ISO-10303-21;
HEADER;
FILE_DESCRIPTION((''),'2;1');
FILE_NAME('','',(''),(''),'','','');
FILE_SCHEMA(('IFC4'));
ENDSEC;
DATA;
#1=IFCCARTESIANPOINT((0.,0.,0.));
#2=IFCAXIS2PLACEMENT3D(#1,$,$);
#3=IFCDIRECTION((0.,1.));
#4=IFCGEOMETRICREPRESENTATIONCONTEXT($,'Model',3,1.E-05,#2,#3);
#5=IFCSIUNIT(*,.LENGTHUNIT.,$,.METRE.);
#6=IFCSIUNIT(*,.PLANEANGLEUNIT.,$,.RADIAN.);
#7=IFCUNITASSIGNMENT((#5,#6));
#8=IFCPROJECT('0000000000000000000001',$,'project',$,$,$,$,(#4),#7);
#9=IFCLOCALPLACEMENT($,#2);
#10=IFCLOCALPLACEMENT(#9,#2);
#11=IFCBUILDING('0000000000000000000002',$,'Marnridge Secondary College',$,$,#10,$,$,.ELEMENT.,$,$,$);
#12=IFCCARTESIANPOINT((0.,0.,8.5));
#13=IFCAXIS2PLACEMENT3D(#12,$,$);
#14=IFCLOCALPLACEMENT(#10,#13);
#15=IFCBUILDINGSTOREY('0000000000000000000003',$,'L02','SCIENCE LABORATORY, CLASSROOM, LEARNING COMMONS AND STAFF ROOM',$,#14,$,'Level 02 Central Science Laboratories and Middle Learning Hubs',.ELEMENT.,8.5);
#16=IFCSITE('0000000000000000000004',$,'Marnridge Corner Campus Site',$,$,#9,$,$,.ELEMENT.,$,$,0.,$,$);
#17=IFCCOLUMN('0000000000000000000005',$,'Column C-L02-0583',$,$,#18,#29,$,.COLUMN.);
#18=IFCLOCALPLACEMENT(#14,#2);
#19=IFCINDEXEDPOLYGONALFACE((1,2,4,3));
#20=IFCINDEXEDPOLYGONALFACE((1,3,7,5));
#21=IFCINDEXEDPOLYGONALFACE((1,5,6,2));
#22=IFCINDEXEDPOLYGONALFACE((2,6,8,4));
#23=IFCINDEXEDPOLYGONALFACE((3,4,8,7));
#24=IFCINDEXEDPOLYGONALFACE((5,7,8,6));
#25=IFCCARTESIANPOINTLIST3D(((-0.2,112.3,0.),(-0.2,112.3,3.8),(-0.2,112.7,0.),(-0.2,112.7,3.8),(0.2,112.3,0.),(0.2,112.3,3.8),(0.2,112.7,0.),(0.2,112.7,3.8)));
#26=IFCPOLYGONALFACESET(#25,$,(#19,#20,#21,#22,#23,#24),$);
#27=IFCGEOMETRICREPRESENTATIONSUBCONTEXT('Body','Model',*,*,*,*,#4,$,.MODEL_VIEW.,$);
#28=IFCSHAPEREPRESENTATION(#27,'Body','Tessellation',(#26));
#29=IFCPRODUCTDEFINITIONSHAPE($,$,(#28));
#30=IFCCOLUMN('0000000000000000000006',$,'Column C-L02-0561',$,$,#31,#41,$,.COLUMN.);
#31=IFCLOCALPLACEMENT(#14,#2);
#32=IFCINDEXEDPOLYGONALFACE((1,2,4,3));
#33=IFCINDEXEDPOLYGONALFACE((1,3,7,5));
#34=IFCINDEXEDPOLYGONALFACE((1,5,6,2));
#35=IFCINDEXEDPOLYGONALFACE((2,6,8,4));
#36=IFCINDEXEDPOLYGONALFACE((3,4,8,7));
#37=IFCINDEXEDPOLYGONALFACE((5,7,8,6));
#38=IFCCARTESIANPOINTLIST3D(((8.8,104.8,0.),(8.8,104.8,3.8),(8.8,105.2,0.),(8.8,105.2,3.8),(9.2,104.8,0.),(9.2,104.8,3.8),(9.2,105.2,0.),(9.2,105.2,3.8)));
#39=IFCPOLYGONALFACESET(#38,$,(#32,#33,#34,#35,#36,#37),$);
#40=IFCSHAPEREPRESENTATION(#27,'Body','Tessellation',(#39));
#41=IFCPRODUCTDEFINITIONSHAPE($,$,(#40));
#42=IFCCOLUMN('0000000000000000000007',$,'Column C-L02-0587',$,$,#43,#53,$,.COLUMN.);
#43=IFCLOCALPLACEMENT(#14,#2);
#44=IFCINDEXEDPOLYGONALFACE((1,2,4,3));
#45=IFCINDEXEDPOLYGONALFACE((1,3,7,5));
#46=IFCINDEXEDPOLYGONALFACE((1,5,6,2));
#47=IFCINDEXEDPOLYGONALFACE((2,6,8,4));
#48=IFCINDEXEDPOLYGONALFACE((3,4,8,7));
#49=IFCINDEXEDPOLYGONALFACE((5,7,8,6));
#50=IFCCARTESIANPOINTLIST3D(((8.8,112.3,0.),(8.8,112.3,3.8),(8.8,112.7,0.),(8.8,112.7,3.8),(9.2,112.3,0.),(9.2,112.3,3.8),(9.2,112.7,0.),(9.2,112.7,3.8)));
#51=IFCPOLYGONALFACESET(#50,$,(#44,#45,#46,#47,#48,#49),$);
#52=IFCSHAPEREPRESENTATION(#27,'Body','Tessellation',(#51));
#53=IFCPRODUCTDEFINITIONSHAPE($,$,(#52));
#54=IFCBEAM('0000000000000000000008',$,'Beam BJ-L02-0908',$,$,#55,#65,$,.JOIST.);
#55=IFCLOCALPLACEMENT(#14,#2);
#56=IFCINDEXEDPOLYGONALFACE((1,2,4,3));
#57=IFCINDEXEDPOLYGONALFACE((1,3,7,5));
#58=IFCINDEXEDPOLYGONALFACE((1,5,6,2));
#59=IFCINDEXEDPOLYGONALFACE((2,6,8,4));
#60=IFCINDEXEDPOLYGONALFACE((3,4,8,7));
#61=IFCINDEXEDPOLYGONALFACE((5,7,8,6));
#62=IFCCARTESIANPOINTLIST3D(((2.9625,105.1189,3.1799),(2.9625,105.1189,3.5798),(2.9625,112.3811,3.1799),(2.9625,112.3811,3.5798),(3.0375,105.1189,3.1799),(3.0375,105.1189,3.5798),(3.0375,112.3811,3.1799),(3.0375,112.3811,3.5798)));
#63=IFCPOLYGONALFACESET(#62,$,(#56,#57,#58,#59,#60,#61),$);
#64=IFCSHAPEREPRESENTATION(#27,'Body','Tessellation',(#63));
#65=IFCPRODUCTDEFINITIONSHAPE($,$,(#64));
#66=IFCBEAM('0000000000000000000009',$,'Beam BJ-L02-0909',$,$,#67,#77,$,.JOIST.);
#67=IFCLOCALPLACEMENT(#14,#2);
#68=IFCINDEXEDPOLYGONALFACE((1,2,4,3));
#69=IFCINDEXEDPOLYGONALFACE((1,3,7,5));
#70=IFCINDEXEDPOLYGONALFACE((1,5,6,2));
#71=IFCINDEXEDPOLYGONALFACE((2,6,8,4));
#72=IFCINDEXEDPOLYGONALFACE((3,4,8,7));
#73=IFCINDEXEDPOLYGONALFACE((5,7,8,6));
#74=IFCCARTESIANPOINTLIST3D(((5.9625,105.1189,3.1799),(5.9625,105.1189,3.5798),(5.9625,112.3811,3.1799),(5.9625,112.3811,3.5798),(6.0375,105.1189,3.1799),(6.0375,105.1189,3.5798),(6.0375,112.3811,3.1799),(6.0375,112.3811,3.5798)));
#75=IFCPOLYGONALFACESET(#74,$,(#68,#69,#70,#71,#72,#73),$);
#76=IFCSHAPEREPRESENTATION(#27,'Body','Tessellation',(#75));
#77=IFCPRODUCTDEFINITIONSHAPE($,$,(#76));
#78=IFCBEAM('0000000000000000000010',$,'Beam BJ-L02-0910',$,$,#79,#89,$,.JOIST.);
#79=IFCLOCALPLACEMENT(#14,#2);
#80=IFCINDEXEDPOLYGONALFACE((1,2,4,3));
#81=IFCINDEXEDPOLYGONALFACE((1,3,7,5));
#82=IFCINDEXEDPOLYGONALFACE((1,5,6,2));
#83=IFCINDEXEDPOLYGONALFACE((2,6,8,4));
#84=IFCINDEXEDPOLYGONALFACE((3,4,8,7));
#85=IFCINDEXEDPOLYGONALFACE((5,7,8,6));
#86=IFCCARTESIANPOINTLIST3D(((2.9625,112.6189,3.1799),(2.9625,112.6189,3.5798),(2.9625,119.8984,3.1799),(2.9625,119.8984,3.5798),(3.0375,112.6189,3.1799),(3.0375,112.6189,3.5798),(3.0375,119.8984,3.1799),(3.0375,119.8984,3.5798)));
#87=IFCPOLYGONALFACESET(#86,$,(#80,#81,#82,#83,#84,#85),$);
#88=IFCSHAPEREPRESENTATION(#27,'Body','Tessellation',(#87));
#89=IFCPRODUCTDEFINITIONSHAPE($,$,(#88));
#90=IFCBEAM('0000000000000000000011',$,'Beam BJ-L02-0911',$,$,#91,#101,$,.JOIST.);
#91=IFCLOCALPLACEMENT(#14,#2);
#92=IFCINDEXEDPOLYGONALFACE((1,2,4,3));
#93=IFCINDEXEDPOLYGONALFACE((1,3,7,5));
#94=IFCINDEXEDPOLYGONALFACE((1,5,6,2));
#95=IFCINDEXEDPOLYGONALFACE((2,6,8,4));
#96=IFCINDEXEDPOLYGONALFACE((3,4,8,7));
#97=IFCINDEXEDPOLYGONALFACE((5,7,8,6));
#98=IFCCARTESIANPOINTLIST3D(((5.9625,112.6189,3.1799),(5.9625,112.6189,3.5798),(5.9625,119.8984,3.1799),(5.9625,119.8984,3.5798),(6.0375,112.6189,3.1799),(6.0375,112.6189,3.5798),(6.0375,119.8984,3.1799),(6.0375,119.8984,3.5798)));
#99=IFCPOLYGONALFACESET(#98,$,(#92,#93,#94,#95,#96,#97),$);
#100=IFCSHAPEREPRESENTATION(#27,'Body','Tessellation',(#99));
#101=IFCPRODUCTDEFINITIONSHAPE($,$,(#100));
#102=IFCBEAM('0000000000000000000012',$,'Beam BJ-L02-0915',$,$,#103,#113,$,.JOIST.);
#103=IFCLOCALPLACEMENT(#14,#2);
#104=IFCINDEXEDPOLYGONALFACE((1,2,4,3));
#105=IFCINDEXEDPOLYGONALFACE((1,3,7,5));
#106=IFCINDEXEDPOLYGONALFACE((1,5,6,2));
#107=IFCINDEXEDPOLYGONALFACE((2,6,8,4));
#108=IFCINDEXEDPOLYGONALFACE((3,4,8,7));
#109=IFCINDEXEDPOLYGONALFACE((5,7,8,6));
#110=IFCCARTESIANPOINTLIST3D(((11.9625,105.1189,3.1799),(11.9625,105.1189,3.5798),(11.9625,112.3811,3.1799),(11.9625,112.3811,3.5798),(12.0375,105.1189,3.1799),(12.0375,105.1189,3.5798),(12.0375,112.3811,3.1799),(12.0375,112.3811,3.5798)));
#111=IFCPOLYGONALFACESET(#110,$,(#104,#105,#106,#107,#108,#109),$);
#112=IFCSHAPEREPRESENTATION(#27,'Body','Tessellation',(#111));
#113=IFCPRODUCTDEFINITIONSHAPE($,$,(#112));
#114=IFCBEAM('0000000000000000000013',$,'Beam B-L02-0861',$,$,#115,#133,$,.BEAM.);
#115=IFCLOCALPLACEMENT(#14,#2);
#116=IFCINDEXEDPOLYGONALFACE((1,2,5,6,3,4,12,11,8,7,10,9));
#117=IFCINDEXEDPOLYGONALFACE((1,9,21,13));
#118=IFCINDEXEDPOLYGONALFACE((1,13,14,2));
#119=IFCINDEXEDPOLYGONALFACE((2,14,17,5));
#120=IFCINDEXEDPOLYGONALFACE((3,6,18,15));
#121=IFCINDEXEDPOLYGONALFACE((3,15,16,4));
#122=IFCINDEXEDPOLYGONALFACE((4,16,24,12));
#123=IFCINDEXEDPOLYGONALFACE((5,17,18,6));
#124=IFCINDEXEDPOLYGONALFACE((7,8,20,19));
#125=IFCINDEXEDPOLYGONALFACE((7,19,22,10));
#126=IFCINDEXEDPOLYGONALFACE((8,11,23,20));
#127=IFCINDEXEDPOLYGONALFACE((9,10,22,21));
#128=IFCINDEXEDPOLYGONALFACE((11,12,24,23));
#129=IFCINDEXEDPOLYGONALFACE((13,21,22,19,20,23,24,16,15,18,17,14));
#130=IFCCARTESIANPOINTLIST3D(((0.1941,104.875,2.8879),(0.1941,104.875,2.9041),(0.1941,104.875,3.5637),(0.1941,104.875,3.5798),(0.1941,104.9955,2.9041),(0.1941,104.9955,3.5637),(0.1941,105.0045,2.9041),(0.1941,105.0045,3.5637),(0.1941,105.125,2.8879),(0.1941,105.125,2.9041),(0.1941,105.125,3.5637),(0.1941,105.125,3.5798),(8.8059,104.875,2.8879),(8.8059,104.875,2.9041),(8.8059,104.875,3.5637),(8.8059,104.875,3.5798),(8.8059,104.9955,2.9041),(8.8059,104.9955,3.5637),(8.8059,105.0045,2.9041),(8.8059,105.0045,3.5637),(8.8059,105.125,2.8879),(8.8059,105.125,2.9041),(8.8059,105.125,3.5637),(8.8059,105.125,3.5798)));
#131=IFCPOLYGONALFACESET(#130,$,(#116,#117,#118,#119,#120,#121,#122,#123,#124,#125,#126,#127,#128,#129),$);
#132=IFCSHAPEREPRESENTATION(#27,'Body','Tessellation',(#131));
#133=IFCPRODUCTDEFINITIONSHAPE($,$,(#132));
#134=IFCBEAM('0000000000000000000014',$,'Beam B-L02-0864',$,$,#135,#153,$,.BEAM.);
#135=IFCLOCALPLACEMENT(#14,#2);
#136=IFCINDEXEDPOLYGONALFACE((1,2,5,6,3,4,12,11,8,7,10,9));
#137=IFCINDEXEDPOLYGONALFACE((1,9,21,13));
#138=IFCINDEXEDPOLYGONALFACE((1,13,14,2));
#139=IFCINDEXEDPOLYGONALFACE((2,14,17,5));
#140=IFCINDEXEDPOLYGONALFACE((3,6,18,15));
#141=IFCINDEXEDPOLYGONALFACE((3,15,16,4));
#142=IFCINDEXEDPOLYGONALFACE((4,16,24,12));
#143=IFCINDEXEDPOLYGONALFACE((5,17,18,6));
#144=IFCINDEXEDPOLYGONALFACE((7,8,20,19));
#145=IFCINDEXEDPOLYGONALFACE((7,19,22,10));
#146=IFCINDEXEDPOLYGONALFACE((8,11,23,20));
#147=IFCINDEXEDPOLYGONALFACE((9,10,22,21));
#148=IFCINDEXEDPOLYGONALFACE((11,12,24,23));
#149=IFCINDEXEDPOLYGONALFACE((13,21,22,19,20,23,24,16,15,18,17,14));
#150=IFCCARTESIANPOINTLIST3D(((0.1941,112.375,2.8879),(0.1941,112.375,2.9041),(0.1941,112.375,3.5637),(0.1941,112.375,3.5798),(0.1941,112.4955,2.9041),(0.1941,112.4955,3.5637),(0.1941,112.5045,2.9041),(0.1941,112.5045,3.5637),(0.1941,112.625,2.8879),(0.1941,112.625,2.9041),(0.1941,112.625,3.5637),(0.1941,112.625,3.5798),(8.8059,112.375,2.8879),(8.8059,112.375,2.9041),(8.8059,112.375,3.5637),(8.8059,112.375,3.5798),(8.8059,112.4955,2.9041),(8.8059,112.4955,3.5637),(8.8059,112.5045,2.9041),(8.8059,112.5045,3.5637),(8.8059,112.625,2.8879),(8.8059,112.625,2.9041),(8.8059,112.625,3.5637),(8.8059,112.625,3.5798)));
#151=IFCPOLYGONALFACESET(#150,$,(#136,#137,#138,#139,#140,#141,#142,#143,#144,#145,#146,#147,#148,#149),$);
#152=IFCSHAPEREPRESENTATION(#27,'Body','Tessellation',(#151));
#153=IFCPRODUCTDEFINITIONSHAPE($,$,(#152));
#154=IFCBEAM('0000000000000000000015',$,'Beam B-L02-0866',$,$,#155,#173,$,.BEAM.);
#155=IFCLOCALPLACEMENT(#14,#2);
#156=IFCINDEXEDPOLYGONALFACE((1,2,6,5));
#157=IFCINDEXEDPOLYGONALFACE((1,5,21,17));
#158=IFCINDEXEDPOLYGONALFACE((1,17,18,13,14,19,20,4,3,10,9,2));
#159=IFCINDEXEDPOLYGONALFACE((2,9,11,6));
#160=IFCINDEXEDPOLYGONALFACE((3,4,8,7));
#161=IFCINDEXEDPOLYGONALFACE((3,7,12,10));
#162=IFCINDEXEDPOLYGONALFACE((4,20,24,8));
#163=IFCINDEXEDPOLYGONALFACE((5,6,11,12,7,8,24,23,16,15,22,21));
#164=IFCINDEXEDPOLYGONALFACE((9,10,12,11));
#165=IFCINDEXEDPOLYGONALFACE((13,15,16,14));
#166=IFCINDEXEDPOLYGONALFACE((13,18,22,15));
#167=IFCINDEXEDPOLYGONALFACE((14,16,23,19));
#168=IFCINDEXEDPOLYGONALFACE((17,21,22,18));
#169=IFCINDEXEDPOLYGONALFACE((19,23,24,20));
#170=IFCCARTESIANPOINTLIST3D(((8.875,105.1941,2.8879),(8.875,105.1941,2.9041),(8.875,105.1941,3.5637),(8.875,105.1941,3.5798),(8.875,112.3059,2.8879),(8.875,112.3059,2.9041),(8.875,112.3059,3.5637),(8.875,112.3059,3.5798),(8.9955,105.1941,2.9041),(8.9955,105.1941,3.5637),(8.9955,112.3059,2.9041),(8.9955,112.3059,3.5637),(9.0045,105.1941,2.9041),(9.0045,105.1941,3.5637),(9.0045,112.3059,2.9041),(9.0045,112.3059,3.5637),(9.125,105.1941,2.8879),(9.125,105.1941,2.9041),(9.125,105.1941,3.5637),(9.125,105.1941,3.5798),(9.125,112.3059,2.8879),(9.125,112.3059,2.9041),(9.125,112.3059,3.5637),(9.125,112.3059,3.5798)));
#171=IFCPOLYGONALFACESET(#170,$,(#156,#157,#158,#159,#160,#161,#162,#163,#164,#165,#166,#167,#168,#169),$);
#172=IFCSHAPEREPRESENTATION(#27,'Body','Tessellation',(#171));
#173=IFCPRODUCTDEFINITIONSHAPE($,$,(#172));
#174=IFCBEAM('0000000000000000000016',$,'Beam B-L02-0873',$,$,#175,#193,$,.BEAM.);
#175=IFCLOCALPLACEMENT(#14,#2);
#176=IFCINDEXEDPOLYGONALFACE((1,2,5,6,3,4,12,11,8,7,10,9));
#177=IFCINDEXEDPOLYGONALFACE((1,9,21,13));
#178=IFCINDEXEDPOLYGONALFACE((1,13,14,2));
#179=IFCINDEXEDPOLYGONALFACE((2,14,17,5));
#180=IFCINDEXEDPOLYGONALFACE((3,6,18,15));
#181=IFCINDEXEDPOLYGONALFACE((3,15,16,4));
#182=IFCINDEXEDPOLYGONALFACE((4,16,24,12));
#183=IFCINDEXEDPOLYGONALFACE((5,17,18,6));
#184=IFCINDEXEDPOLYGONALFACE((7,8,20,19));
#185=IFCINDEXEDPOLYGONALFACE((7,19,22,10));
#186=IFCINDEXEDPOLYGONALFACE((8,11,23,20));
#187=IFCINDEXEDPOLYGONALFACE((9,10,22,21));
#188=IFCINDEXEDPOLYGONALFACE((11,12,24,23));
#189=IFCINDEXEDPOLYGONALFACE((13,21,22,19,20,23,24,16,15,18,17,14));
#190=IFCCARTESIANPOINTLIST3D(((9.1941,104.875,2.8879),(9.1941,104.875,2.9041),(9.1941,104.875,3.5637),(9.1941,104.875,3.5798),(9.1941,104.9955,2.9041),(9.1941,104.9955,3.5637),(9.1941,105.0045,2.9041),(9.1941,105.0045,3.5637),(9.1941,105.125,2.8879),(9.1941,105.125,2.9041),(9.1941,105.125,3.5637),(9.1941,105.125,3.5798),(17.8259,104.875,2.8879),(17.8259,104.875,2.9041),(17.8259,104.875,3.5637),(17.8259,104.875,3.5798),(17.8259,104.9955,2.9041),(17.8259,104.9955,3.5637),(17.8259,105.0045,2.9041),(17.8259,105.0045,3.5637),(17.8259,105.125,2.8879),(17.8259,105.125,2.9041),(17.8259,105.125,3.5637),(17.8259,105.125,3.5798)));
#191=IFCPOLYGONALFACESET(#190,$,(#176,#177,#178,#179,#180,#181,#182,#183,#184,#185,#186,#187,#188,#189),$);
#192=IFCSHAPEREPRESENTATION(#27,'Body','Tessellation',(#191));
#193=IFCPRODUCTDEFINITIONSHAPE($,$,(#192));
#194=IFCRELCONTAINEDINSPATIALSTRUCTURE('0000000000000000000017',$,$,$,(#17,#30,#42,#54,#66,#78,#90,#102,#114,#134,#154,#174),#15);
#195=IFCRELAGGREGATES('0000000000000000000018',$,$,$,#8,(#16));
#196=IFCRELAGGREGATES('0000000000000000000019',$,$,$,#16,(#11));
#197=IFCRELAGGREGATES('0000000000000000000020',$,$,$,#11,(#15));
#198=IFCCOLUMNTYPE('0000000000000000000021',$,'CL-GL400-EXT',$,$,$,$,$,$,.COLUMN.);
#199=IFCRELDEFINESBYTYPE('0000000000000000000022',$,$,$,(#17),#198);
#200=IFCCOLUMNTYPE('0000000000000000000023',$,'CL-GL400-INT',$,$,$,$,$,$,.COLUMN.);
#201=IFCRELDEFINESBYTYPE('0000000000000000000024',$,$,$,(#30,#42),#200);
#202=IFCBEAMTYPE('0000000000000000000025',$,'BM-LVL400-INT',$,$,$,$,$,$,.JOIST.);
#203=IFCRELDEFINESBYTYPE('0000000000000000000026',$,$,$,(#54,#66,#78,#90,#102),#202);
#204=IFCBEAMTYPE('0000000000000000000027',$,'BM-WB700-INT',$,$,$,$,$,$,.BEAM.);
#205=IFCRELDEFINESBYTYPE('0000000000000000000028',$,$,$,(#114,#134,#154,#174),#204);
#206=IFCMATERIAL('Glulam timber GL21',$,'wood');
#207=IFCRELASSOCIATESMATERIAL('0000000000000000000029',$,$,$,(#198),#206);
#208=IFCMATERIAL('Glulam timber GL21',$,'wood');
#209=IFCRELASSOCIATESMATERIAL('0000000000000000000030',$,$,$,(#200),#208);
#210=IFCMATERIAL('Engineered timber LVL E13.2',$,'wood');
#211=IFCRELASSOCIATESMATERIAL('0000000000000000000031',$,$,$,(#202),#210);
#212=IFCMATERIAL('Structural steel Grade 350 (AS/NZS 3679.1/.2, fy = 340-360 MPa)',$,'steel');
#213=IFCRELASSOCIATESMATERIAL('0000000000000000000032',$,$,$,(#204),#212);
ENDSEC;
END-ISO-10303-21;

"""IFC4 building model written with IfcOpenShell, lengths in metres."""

from ifc_helpers import new_model, si_unit, direction, frame, origin, origin_2d, place, context, subcontext, project, spatial, rectangle, i_section, extrude, material, material_profile, profile_set, type_object, element, save


model = new_model("IFC4")

# Units and contexts
model_context = context("Model", 3, precision=1e-05, world=origin(), true_north=direction((0.0, 1.0)))
body_context = subcontext(model_context, "Body", "Model", "MODEL_VIEW")
ifc_project = project(units=[si_unit("LENGTHUNIT", "METRE"), si_unit("PLANEANGLEUNIT", "RADIAN")], contexts=[model_context])

# Site, building, storey
site_placement = place(None, origin())
site = spatial("IfcSite", under=ifc_project, at=site_placement, Name="Marnridge Corner Campus Site", CompositionType="ELEMENT", RefElevation=0.0)
building_placement = place(site_placement, origin())
building = spatial("IfcBuilding", under=site, at=building_placement, Name="Marnridge Secondary College", CompositionType="ELEMENT")
storey_placement = place(building_placement, frame((0.0, 0.0, 8.5)))
storey = spatial("IfcBuildingStorey", under=building, at=storey_placement, Name="L02", Description="SCIENCE LABORATORY, CLASSROOM, LEARNING COMMONS AND STAFF ROOM", LongName="Level 02 Central Science Laboratories and Middle Learning Hubs", CompositionType="ELEMENT", Elevation=8.5)

# Columns
ifc_material_1 = material(Name="Glulam timber GL21", Category="wood")
ifc_material_profile_1 = material_profile(ifc_material_1, rectangle(XDim=0.3999, YDim=0.3999, at=origin_2d()), Name="GL21 400x400")
ifc_profile_set_1 = profile_set([ifc_material_profile_1], Name="Glulam timber GL21")
column_type_1 = type_object("IfcColumnType", Name="CL-GL400-EXT", PredefinedType="COLUMN", material=ifc_profile_set_1)
column_placement = place(storey_placement, frame((0.0, 112.5, 0.0), z_axis=(0.0, 0.0, 1.0), x_axis=(1.0, 0.0, 0.0)))
element("IfcColumn", 1, at=column_placement, inside=storey, type_object=column_type_1, Name="Column C-L02-0583", PredefinedType="COLUMN", context=body_context, shape_type="SweptSolid", body=[
    extrude(rectangle(XDim=0.3999, YDim=0.3999, at=origin_2d()), origin(), (0.0, 0.0, 1.0), 3.8),
])
ifc_material_2 = material(Name="Glulam timber GL21", Category="wood")
ifc_material_profile_2 = material_profile(ifc_material_2, rectangle(XDim=0.3999, YDim=0.3999, at=origin_2d()), Name="GL21 400x400")
ifc_profile_set_2 = profile_set([ifc_material_profile_2], Name="Glulam timber GL21")
column_type_2 = type_object("IfcColumnType", Name="CL-GL400-INT", PredefinedType="COLUMN", material=ifc_profile_set_2)
for number, where, z_axis, x_axis, name in (
    (2, (9.0, 105.0, 0.0), (0.0, 0.0, 1.0), (1.0, 0.0, 0.0), "Column C-L02-0561"),
    (3, (9.0, 112.5, 0.0), (0.0, 0.0, 1.0), (1.0, 0.0, 0.0), "Column C-L02-0587"),
):
    element("IfcColumn", number, at=place(storey_placement, frame(where, z_axis=z_axis, x_axis=x_axis)), inside=storey, type_object=column_type_2, Name=name, PredefinedType="COLUMN", context=body_context, shape_type="SweptSolid", body=[
        extrude(rectangle(XDim=0.3999, YDim=0.3999, at=origin_2d()), origin(), (0.0, 0.0, 1.0), 3.8),
    ])

# Beams
ifc_material_3 = material(Name="Engineered timber LVL E13.2", Category="wood")
ifc_material_profile_3 = material_profile(ifc_material_3, rectangle(XDim=0.075, YDim=0.3999, at=origin_2d()), Name="LVL 75x400")
ifc_profile_set_3 = profile_set([ifc_material_profile_3], Name="Engineered timber LVL E13.2")
beam_type_1 = type_object("IfcBeamType", Name="BM-LVL400-INT", PredefinedType="JOIST", material=ifc_profile_set_3)
for number, where, z_axis, x_axis, name in (
    (4, (3.0, 105.1189, 3.3799), (0.0, 1.0, 0.0), (-1.0, 0.0, 0.0), "Beam BJ-L02-0908"),
    (5, (6.0, 105.1189, 3.3799), (0.0, 1.0, 0.0), (-1.0, 0.0, 0.0), "Beam BJ-L02-0909"),
):
    element("IfcBeam", number, at=place(storey_placement, frame(where, z_axis=z_axis, x_axis=x_axis)), inside=storey, type_object=beam_type_1, Name=name, PredefinedType="JOIST", context=body_context, shape_type="SweptSolid", body=[
        extrude(rectangle(XDim=0.075, YDim=0.3999, at=origin_2d()), origin(), (0.0, 0.0, 1.0), 7.2622),
    ])
for number, where, z_axis, x_axis, name in (
    (6, (3.0, 112.6189, 3.3799), (0.0, 1.0, 0.0), (-1.0, 0.0, 0.0), "Beam BJ-L02-0910"),
    (7, (6.0, 112.6189, 3.3799), (0.0, 1.0, 0.0), (-1.0, 0.0, 0.0), "Beam BJ-L02-0911"),
):
    element("IfcBeam", number, at=place(storey_placement, frame(where, z_axis=z_axis, x_axis=x_axis)), inside=storey, type_object=beam_type_1, Name=name, PredefinedType="JOIST", context=body_context, shape_type="SweptSolid", body=[
        extrude(rectangle(XDim=0.075, YDim=0.3999, at=origin_2d()), origin(), (0.0, 0.0, 1.0), 7.2795),
    ])
beam_1_placement = place(storey_placement, frame((12.0, 105.1189, 3.3799), z_axis=(0.0, 1.0, 0.0), x_axis=(-1.0, 0.0, 0.0)))
element("IfcBeam", 8, at=beam_1_placement, inside=storey, type_object=beam_type_1, Name="Beam BJ-L02-0915", PredefinedType="JOIST", context=body_context, shape_type="SweptSolid", body=[
    extrude(rectangle(XDim=0.075, YDim=0.3999, at=origin_2d()), origin(), (0.0, 0.0, 1.0), 7.2622),
])
ifc_material_4 = material(Name="Structural steel Grade 350 (AS/NZS 3679.1/.2, fy = 340-360 MPa)", Category="steel")
ifc_material_profile_4 = material_profile(ifc_material_4, i_section(OverallWidth=0.25, OverallDepth=0.6919, WebThickness=0.009, FlangeThickness=0.0161, at=origin_2d()), Name="700WB115")
ifc_profile_set_4 = profile_set([ifc_material_profile_4], Name="Structural steel Grade 350 (AS/NZS 3679.1/.2, fy = 340-360 MPa)")
beam_type_2 = type_object("IfcBeamType", Name="BM-WB700-INT", PredefinedType="BEAM", material=ifc_profile_set_4)
for number, where, z_axis, x_axis, name in (
    (9, (0.1941, 105.0, 3.2339), (1.0, 0.0, 0.0), (0.0, 1.0, 0.0), "Beam B-L02-0861"),
    (10, (0.1941, 112.5, 3.2339), (1.0, 0.0, 0.0), (0.0, 1.0, 0.0), "Beam B-L02-0864"),
):
    element("IfcBeam", number, at=place(storey_placement, frame(where, z_axis=z_axis, x_axis=x_axis)), inside=storey, type_object=beam_type_2, Name=name, PredefinedType="BEAM", context=body_context, shape_type="SweptSolid", body=[
        extrude(i_section(OverallWidth=0.25, OverallDepth=0.6919, WebThickness=0.009, FlangeThickness=0.0161, at=origin_2d()), origin(), (0.0, 0.0, 1.0), 8.6118),
    ])
beam_2_placement = place(storey_placement, frame((9.0, 105.1941, 3.2339), z_axis=(0.0, 1.0, 0.0), x_axis=(-1.0, 0.0, 0.0)))
element("IfcBeam", 11, at=beam_2_placement, inside=storey, type_object=beam_type_2, Name="Beam B-L02-0866", PredefinedType="BEAM", context=body_context, shape_type="SweptSolid", body=[
    extrude(i_section(OverallWidth=0.25, OverallDepth=0.6919, WebThickness=0.009, FlangeThickness=0.0161, at=origin_2d()), origin(), (0.0, 0.0, 1.0), 7.1118),
])
beam_3_placement = place(storey_placement, frame((9.1941, 105.0, 3.2339), z_axis=(1.0, 0.0, 0.0), x_axis=(0.0, 1.0, 0.0)))
element("IfcBeam", 12, at=beam_3_placement, inside=storey, type_object=beam_type_2, Name="Beam B-L02-0873", PredefinedType="BEAM", context=body_context, shape_type="SweptSolid", body=[
    extrude(i_section(OverallWidth=0.25, OverallDepth=0.6919, WebThickness=0.009, FlangeThickness=0.0161, at=origin_2d()), origin(), (0.0, 0.0, 1.0), 8.6318),
])

save(model, "model.ifc")
